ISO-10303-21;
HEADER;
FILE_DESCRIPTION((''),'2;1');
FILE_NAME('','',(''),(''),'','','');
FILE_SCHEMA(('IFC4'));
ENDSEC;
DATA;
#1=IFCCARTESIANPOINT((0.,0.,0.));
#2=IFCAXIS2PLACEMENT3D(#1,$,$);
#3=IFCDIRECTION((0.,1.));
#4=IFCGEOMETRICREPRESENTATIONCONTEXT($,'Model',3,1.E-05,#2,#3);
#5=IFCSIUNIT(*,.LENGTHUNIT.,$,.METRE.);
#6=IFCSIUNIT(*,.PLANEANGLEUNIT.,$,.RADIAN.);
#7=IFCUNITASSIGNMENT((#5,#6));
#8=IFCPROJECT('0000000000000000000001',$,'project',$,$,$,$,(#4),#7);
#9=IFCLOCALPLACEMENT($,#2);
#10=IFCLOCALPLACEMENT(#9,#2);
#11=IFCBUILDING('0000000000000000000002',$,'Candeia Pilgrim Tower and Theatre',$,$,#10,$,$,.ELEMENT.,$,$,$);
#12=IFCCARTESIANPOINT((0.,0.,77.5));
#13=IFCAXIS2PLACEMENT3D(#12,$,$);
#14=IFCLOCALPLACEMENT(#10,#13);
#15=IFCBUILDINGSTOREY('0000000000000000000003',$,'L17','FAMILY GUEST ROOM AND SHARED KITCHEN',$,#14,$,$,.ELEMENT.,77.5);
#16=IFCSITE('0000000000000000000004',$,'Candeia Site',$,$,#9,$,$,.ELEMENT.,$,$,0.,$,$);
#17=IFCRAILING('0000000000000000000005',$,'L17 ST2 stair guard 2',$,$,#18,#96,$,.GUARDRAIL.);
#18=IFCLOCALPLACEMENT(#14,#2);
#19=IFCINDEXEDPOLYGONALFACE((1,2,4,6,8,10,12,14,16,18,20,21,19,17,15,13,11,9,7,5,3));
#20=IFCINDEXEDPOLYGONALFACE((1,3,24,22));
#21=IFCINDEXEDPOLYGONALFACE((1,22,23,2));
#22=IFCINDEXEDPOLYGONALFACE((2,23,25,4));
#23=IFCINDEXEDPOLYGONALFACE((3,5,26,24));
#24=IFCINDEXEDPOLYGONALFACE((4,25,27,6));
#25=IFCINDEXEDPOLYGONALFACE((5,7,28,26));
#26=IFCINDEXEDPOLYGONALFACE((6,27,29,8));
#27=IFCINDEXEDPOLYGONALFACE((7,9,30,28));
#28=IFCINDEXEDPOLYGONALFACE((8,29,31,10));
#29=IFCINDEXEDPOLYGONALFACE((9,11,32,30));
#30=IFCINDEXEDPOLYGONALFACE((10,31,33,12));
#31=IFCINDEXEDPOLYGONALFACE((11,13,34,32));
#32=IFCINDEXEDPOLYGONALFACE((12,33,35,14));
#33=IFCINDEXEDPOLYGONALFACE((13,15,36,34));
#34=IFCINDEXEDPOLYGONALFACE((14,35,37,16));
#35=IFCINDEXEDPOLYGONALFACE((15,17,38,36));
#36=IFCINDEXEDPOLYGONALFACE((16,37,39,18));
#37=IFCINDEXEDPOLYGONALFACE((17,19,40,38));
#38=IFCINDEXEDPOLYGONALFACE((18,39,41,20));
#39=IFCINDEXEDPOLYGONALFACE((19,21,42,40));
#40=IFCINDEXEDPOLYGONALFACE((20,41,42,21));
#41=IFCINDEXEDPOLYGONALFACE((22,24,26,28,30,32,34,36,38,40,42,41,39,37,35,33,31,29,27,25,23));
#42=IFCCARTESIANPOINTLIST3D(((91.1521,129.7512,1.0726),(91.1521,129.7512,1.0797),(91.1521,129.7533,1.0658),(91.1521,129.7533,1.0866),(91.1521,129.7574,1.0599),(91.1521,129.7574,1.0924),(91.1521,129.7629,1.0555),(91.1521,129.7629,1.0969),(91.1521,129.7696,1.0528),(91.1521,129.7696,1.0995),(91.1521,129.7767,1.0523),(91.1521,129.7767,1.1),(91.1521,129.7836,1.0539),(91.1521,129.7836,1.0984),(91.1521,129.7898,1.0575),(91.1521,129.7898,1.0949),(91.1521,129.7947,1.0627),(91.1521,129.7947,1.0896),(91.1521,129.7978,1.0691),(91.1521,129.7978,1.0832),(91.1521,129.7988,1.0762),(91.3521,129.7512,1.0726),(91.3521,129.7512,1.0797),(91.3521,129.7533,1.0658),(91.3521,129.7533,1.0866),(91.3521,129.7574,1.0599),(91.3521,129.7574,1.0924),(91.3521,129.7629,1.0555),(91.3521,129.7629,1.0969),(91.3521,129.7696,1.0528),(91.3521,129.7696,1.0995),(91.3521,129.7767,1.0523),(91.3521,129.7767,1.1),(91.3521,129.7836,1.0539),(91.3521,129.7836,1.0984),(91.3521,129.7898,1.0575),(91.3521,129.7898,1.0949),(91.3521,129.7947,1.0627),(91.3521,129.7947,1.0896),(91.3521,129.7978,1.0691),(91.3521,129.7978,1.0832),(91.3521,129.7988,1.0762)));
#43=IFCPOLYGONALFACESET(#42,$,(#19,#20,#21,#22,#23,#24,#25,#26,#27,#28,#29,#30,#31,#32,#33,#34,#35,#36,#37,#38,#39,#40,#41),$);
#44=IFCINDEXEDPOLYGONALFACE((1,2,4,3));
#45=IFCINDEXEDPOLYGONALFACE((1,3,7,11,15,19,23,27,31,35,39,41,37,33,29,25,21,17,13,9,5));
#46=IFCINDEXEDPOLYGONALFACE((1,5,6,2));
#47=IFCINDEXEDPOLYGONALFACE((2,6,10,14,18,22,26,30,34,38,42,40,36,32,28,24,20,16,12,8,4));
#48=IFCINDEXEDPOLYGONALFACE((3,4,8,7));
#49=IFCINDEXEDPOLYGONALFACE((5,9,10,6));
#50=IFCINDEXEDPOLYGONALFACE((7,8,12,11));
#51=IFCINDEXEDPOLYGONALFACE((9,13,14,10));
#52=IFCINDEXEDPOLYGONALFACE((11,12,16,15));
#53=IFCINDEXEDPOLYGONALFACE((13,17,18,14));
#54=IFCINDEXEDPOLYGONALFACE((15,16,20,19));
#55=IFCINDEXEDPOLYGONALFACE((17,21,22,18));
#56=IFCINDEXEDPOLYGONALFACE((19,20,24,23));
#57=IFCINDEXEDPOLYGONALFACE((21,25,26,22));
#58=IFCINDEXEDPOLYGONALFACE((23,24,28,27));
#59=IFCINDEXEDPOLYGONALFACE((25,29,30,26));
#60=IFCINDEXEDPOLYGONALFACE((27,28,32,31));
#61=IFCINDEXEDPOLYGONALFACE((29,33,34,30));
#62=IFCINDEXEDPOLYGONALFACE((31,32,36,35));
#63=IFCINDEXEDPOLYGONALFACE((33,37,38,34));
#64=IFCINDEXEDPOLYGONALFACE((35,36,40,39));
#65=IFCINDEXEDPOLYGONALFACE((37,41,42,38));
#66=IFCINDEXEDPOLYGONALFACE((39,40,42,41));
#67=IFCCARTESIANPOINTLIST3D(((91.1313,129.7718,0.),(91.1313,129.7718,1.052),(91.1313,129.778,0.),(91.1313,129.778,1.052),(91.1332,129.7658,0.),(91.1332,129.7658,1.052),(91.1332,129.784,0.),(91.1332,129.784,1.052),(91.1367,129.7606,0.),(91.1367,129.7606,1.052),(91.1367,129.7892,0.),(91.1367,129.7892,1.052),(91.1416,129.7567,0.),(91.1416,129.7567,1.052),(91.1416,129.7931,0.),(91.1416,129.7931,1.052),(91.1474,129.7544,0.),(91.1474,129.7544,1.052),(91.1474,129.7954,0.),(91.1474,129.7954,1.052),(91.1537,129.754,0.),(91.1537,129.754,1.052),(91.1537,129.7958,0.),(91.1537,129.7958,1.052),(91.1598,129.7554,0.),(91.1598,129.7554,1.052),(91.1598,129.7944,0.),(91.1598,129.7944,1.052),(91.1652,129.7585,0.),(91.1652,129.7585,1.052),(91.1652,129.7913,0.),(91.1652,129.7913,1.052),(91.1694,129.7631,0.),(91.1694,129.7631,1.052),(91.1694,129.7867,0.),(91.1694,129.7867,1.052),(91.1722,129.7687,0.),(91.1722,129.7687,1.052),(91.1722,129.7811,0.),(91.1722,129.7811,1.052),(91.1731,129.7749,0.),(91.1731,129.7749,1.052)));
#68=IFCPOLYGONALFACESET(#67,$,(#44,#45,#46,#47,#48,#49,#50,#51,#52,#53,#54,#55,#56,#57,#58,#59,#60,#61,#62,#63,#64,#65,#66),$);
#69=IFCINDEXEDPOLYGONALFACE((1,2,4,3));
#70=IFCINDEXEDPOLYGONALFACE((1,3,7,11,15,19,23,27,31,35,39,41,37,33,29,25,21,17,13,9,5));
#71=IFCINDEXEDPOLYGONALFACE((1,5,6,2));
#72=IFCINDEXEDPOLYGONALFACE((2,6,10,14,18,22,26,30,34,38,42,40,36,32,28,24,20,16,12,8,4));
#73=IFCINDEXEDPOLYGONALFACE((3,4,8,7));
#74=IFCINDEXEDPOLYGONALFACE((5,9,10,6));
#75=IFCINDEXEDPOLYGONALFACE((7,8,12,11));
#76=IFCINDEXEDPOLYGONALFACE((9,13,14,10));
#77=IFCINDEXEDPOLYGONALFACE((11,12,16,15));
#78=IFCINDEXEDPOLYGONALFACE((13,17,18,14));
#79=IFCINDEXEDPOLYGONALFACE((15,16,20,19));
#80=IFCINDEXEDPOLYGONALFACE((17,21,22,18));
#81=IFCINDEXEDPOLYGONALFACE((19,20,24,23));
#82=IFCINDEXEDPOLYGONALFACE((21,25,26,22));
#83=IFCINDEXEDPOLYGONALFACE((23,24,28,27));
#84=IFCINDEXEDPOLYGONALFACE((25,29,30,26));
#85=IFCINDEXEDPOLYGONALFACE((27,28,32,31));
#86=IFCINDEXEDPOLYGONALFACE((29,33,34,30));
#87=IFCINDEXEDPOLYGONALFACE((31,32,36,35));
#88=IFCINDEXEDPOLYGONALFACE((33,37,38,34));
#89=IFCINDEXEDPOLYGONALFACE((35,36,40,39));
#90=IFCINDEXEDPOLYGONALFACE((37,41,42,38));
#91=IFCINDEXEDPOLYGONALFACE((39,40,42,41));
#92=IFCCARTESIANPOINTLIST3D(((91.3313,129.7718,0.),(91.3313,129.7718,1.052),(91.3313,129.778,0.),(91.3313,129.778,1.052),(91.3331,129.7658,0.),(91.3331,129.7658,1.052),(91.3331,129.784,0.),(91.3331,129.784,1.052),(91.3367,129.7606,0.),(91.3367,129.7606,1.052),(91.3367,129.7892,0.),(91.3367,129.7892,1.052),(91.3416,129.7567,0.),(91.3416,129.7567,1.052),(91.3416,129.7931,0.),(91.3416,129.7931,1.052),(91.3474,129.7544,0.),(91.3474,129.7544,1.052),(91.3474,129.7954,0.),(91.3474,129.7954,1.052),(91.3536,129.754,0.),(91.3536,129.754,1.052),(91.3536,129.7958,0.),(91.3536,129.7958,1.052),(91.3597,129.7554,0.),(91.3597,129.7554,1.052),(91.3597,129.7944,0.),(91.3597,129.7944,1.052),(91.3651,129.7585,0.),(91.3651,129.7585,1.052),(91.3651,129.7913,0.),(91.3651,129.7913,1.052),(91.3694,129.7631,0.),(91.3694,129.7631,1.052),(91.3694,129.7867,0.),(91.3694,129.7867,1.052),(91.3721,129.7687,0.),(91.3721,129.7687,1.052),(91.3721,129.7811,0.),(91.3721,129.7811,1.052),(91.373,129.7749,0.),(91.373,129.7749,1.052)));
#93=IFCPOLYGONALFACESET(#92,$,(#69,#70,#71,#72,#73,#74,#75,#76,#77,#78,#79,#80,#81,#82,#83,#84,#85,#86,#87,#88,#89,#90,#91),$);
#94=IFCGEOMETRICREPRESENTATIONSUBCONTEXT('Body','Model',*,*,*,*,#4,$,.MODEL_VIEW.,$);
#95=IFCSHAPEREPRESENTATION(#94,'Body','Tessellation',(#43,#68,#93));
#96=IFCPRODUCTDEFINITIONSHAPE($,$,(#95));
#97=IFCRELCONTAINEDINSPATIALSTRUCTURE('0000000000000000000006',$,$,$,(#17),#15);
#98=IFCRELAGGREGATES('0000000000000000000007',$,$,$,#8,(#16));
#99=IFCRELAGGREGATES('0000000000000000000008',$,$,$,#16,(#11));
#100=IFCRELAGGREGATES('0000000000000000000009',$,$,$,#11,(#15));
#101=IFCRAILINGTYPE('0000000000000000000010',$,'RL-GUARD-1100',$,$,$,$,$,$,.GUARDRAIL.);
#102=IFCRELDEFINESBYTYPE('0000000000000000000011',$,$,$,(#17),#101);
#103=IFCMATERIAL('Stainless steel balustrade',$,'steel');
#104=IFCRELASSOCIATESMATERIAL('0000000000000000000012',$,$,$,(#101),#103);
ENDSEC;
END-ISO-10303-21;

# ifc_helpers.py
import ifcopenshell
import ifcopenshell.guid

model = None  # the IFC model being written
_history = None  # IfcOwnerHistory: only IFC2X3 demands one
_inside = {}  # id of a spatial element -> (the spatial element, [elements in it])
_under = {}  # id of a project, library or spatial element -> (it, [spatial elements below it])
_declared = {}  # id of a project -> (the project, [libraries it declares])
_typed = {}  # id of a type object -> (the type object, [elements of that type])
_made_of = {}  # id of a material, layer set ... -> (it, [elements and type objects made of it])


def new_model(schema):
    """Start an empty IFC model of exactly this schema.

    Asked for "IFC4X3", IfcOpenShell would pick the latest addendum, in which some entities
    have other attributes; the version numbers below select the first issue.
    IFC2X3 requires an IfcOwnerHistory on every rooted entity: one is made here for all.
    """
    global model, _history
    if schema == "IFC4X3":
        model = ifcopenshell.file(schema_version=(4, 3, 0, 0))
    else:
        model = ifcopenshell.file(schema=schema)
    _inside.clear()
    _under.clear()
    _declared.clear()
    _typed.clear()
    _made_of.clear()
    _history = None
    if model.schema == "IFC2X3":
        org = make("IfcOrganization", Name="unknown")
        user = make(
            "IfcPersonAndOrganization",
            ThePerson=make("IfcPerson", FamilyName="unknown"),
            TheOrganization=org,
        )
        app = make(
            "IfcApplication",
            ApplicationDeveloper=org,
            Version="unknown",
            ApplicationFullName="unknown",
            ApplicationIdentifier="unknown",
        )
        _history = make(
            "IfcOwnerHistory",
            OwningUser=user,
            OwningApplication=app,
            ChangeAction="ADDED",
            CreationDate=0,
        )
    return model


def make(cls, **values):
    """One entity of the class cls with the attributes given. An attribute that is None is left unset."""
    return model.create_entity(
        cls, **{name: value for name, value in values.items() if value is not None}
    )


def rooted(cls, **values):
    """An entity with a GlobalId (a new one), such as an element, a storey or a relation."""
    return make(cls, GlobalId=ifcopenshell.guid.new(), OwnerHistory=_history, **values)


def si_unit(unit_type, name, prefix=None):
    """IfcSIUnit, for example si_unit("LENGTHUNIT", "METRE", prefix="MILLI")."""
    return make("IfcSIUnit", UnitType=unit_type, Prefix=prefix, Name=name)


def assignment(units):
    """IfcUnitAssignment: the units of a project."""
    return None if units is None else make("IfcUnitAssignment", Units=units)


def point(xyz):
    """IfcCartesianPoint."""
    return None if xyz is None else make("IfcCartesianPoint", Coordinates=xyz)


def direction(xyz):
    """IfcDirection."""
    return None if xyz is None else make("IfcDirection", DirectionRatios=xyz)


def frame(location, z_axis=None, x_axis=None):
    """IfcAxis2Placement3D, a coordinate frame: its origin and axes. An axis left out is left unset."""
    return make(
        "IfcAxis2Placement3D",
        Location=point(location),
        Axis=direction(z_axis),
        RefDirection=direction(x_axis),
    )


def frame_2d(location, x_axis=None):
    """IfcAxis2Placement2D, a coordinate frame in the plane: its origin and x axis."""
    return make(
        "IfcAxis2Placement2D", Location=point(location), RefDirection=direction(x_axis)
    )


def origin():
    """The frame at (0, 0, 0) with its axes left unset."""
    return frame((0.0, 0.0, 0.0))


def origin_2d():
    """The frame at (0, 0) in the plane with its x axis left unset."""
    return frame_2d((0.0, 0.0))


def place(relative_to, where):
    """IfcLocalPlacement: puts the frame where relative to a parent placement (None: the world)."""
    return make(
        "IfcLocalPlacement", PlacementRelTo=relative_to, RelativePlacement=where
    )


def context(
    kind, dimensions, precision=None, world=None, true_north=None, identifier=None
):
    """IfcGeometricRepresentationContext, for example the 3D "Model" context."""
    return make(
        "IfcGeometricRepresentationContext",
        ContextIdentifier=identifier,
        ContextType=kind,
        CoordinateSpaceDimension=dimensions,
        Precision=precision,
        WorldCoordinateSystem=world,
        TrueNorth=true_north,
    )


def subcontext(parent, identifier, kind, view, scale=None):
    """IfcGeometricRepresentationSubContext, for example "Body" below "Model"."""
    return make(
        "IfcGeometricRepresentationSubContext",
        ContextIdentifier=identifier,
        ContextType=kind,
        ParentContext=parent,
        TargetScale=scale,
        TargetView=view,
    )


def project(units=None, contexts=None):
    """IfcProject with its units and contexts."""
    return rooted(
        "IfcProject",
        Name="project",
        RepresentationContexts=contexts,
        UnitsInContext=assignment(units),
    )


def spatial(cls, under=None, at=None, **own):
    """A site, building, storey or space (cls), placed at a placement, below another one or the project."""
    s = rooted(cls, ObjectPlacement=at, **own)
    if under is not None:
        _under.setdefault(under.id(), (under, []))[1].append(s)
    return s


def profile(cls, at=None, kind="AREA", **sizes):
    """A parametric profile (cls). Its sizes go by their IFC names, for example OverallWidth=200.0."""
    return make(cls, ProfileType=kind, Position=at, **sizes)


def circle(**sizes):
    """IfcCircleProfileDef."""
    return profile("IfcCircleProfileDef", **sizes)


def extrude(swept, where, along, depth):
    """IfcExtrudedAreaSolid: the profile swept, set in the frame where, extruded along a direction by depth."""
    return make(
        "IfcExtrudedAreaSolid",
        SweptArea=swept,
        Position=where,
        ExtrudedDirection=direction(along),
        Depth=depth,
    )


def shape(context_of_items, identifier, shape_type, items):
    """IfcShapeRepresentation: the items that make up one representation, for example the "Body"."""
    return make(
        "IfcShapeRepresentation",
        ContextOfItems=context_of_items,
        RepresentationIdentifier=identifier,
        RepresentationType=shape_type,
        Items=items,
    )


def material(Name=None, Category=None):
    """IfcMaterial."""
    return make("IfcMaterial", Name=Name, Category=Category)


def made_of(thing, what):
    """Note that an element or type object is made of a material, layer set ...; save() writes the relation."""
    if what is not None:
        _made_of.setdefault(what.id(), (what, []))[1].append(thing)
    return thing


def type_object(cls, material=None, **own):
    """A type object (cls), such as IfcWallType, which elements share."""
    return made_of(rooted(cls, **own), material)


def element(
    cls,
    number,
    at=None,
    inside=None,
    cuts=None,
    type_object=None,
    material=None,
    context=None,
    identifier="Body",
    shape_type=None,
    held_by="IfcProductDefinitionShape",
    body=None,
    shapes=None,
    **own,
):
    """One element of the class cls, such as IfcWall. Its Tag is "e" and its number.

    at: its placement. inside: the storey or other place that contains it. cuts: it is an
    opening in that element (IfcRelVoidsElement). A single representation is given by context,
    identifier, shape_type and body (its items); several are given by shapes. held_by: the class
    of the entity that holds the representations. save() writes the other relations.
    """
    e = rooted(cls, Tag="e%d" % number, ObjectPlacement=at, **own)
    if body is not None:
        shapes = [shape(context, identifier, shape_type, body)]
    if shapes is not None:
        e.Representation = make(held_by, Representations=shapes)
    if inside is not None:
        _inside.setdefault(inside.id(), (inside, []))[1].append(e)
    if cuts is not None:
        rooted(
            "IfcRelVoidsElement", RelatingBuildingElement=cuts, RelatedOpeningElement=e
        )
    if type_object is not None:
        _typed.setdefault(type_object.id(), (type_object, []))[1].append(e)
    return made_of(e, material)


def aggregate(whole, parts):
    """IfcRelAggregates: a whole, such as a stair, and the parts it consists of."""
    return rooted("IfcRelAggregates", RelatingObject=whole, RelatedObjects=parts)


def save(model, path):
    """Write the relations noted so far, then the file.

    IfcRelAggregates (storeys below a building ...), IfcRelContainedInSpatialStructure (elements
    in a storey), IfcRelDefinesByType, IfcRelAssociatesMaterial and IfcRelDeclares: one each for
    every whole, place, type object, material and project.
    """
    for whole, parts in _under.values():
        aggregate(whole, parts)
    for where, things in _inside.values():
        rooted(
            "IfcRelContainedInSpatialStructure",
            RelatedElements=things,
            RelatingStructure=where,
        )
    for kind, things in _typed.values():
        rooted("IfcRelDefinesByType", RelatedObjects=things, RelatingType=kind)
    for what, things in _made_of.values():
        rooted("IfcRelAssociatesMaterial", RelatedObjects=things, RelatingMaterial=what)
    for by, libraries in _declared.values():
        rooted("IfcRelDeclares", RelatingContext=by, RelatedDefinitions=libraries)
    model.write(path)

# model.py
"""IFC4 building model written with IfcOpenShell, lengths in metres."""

from ifc_helpers import new_model, si_unit, direction, frame, origin, origin_2d, place, context, subcontext, project, spatial, circle, extrude, material, type_object, element, save


model = new_model("IFC4")

# Units and contexts
model_context = context("Model", 3, precision=1e-05, world=origin(), true_north=direction((0.0, 1.0)))
body_context = subcontext(model_context, "Body", "Model", "MODEL_VIEW")
ifc_project = project(units=[si_unit("LENGTHUNIT", "METRE"), si_unit("PLANEANGLEUNIT", "RADIAN")], contexts=[model_context])

# Site, building, storey
site_placement = place(None, origin())
site = spatial("IfcSite", under=ifc_project, at=site_placement, Name="Candeia Site", CompositionType="ELEMENT", RefElevation=0.0)
building_placement = place(site_placement, origin())
building = spatial("IfcBuilding", under=site, at=building_placement, Name="Candeia Pilgrim Tower and Theatre", CompositionType="ELEMENT")
storey_placement = place(building_placement, frame((0.0, 0.0, 77.5)))
storey = spatial("IfcBuildingStorey", under=building, at=storey_placement, Name="L17", Description="FAMILY GUEST ROOM AND SHARED KITCHEN", CompositionType="ELEMENT", Elevation=77.5)

# Shared definitions
ifc_material_1 = material(Name="Stainless steel balustrade", Category="steel")

# Railing
railing_type_1 = type_object("IfcRailingType", Name="RL-GUARD-1100", PredefinedType="GUARDRAIL", material=ifc_material_1)
railing_1_placement = place(storey_placement, frame((91.1521, 129.7749, 0.0)))
element("IfcRailing", 1, at=railing_1_placement, inside=storey, type_object=railing_type_1, Name="L17 ST2 stair guard 2", PredefinedType="GUARDRAIL", context=body_context, shape_type="SweptSolid", body=[
    extrude(circle(Radius=0.0239, at=origin_2d()), frame((0.0, 0.0, 1.0762), z_axis=(1.0, 0.0, 0.0), x_axis=(0.0, 1.0, 0.0)), (0.0, 0.0, 1.0), 0.2),
    extrude(circle(Radius=0.021, at=origin_2d()), origin(), (0.0, 0.0, 1.0), 1.052),
    extrude(circle(Radius=0.021, at=origin_2d()), frame((0.2, 0.0, 0.0)), (0.0, 0.0, 1.0), 1.052),
])

save(model, "model.ifc")
